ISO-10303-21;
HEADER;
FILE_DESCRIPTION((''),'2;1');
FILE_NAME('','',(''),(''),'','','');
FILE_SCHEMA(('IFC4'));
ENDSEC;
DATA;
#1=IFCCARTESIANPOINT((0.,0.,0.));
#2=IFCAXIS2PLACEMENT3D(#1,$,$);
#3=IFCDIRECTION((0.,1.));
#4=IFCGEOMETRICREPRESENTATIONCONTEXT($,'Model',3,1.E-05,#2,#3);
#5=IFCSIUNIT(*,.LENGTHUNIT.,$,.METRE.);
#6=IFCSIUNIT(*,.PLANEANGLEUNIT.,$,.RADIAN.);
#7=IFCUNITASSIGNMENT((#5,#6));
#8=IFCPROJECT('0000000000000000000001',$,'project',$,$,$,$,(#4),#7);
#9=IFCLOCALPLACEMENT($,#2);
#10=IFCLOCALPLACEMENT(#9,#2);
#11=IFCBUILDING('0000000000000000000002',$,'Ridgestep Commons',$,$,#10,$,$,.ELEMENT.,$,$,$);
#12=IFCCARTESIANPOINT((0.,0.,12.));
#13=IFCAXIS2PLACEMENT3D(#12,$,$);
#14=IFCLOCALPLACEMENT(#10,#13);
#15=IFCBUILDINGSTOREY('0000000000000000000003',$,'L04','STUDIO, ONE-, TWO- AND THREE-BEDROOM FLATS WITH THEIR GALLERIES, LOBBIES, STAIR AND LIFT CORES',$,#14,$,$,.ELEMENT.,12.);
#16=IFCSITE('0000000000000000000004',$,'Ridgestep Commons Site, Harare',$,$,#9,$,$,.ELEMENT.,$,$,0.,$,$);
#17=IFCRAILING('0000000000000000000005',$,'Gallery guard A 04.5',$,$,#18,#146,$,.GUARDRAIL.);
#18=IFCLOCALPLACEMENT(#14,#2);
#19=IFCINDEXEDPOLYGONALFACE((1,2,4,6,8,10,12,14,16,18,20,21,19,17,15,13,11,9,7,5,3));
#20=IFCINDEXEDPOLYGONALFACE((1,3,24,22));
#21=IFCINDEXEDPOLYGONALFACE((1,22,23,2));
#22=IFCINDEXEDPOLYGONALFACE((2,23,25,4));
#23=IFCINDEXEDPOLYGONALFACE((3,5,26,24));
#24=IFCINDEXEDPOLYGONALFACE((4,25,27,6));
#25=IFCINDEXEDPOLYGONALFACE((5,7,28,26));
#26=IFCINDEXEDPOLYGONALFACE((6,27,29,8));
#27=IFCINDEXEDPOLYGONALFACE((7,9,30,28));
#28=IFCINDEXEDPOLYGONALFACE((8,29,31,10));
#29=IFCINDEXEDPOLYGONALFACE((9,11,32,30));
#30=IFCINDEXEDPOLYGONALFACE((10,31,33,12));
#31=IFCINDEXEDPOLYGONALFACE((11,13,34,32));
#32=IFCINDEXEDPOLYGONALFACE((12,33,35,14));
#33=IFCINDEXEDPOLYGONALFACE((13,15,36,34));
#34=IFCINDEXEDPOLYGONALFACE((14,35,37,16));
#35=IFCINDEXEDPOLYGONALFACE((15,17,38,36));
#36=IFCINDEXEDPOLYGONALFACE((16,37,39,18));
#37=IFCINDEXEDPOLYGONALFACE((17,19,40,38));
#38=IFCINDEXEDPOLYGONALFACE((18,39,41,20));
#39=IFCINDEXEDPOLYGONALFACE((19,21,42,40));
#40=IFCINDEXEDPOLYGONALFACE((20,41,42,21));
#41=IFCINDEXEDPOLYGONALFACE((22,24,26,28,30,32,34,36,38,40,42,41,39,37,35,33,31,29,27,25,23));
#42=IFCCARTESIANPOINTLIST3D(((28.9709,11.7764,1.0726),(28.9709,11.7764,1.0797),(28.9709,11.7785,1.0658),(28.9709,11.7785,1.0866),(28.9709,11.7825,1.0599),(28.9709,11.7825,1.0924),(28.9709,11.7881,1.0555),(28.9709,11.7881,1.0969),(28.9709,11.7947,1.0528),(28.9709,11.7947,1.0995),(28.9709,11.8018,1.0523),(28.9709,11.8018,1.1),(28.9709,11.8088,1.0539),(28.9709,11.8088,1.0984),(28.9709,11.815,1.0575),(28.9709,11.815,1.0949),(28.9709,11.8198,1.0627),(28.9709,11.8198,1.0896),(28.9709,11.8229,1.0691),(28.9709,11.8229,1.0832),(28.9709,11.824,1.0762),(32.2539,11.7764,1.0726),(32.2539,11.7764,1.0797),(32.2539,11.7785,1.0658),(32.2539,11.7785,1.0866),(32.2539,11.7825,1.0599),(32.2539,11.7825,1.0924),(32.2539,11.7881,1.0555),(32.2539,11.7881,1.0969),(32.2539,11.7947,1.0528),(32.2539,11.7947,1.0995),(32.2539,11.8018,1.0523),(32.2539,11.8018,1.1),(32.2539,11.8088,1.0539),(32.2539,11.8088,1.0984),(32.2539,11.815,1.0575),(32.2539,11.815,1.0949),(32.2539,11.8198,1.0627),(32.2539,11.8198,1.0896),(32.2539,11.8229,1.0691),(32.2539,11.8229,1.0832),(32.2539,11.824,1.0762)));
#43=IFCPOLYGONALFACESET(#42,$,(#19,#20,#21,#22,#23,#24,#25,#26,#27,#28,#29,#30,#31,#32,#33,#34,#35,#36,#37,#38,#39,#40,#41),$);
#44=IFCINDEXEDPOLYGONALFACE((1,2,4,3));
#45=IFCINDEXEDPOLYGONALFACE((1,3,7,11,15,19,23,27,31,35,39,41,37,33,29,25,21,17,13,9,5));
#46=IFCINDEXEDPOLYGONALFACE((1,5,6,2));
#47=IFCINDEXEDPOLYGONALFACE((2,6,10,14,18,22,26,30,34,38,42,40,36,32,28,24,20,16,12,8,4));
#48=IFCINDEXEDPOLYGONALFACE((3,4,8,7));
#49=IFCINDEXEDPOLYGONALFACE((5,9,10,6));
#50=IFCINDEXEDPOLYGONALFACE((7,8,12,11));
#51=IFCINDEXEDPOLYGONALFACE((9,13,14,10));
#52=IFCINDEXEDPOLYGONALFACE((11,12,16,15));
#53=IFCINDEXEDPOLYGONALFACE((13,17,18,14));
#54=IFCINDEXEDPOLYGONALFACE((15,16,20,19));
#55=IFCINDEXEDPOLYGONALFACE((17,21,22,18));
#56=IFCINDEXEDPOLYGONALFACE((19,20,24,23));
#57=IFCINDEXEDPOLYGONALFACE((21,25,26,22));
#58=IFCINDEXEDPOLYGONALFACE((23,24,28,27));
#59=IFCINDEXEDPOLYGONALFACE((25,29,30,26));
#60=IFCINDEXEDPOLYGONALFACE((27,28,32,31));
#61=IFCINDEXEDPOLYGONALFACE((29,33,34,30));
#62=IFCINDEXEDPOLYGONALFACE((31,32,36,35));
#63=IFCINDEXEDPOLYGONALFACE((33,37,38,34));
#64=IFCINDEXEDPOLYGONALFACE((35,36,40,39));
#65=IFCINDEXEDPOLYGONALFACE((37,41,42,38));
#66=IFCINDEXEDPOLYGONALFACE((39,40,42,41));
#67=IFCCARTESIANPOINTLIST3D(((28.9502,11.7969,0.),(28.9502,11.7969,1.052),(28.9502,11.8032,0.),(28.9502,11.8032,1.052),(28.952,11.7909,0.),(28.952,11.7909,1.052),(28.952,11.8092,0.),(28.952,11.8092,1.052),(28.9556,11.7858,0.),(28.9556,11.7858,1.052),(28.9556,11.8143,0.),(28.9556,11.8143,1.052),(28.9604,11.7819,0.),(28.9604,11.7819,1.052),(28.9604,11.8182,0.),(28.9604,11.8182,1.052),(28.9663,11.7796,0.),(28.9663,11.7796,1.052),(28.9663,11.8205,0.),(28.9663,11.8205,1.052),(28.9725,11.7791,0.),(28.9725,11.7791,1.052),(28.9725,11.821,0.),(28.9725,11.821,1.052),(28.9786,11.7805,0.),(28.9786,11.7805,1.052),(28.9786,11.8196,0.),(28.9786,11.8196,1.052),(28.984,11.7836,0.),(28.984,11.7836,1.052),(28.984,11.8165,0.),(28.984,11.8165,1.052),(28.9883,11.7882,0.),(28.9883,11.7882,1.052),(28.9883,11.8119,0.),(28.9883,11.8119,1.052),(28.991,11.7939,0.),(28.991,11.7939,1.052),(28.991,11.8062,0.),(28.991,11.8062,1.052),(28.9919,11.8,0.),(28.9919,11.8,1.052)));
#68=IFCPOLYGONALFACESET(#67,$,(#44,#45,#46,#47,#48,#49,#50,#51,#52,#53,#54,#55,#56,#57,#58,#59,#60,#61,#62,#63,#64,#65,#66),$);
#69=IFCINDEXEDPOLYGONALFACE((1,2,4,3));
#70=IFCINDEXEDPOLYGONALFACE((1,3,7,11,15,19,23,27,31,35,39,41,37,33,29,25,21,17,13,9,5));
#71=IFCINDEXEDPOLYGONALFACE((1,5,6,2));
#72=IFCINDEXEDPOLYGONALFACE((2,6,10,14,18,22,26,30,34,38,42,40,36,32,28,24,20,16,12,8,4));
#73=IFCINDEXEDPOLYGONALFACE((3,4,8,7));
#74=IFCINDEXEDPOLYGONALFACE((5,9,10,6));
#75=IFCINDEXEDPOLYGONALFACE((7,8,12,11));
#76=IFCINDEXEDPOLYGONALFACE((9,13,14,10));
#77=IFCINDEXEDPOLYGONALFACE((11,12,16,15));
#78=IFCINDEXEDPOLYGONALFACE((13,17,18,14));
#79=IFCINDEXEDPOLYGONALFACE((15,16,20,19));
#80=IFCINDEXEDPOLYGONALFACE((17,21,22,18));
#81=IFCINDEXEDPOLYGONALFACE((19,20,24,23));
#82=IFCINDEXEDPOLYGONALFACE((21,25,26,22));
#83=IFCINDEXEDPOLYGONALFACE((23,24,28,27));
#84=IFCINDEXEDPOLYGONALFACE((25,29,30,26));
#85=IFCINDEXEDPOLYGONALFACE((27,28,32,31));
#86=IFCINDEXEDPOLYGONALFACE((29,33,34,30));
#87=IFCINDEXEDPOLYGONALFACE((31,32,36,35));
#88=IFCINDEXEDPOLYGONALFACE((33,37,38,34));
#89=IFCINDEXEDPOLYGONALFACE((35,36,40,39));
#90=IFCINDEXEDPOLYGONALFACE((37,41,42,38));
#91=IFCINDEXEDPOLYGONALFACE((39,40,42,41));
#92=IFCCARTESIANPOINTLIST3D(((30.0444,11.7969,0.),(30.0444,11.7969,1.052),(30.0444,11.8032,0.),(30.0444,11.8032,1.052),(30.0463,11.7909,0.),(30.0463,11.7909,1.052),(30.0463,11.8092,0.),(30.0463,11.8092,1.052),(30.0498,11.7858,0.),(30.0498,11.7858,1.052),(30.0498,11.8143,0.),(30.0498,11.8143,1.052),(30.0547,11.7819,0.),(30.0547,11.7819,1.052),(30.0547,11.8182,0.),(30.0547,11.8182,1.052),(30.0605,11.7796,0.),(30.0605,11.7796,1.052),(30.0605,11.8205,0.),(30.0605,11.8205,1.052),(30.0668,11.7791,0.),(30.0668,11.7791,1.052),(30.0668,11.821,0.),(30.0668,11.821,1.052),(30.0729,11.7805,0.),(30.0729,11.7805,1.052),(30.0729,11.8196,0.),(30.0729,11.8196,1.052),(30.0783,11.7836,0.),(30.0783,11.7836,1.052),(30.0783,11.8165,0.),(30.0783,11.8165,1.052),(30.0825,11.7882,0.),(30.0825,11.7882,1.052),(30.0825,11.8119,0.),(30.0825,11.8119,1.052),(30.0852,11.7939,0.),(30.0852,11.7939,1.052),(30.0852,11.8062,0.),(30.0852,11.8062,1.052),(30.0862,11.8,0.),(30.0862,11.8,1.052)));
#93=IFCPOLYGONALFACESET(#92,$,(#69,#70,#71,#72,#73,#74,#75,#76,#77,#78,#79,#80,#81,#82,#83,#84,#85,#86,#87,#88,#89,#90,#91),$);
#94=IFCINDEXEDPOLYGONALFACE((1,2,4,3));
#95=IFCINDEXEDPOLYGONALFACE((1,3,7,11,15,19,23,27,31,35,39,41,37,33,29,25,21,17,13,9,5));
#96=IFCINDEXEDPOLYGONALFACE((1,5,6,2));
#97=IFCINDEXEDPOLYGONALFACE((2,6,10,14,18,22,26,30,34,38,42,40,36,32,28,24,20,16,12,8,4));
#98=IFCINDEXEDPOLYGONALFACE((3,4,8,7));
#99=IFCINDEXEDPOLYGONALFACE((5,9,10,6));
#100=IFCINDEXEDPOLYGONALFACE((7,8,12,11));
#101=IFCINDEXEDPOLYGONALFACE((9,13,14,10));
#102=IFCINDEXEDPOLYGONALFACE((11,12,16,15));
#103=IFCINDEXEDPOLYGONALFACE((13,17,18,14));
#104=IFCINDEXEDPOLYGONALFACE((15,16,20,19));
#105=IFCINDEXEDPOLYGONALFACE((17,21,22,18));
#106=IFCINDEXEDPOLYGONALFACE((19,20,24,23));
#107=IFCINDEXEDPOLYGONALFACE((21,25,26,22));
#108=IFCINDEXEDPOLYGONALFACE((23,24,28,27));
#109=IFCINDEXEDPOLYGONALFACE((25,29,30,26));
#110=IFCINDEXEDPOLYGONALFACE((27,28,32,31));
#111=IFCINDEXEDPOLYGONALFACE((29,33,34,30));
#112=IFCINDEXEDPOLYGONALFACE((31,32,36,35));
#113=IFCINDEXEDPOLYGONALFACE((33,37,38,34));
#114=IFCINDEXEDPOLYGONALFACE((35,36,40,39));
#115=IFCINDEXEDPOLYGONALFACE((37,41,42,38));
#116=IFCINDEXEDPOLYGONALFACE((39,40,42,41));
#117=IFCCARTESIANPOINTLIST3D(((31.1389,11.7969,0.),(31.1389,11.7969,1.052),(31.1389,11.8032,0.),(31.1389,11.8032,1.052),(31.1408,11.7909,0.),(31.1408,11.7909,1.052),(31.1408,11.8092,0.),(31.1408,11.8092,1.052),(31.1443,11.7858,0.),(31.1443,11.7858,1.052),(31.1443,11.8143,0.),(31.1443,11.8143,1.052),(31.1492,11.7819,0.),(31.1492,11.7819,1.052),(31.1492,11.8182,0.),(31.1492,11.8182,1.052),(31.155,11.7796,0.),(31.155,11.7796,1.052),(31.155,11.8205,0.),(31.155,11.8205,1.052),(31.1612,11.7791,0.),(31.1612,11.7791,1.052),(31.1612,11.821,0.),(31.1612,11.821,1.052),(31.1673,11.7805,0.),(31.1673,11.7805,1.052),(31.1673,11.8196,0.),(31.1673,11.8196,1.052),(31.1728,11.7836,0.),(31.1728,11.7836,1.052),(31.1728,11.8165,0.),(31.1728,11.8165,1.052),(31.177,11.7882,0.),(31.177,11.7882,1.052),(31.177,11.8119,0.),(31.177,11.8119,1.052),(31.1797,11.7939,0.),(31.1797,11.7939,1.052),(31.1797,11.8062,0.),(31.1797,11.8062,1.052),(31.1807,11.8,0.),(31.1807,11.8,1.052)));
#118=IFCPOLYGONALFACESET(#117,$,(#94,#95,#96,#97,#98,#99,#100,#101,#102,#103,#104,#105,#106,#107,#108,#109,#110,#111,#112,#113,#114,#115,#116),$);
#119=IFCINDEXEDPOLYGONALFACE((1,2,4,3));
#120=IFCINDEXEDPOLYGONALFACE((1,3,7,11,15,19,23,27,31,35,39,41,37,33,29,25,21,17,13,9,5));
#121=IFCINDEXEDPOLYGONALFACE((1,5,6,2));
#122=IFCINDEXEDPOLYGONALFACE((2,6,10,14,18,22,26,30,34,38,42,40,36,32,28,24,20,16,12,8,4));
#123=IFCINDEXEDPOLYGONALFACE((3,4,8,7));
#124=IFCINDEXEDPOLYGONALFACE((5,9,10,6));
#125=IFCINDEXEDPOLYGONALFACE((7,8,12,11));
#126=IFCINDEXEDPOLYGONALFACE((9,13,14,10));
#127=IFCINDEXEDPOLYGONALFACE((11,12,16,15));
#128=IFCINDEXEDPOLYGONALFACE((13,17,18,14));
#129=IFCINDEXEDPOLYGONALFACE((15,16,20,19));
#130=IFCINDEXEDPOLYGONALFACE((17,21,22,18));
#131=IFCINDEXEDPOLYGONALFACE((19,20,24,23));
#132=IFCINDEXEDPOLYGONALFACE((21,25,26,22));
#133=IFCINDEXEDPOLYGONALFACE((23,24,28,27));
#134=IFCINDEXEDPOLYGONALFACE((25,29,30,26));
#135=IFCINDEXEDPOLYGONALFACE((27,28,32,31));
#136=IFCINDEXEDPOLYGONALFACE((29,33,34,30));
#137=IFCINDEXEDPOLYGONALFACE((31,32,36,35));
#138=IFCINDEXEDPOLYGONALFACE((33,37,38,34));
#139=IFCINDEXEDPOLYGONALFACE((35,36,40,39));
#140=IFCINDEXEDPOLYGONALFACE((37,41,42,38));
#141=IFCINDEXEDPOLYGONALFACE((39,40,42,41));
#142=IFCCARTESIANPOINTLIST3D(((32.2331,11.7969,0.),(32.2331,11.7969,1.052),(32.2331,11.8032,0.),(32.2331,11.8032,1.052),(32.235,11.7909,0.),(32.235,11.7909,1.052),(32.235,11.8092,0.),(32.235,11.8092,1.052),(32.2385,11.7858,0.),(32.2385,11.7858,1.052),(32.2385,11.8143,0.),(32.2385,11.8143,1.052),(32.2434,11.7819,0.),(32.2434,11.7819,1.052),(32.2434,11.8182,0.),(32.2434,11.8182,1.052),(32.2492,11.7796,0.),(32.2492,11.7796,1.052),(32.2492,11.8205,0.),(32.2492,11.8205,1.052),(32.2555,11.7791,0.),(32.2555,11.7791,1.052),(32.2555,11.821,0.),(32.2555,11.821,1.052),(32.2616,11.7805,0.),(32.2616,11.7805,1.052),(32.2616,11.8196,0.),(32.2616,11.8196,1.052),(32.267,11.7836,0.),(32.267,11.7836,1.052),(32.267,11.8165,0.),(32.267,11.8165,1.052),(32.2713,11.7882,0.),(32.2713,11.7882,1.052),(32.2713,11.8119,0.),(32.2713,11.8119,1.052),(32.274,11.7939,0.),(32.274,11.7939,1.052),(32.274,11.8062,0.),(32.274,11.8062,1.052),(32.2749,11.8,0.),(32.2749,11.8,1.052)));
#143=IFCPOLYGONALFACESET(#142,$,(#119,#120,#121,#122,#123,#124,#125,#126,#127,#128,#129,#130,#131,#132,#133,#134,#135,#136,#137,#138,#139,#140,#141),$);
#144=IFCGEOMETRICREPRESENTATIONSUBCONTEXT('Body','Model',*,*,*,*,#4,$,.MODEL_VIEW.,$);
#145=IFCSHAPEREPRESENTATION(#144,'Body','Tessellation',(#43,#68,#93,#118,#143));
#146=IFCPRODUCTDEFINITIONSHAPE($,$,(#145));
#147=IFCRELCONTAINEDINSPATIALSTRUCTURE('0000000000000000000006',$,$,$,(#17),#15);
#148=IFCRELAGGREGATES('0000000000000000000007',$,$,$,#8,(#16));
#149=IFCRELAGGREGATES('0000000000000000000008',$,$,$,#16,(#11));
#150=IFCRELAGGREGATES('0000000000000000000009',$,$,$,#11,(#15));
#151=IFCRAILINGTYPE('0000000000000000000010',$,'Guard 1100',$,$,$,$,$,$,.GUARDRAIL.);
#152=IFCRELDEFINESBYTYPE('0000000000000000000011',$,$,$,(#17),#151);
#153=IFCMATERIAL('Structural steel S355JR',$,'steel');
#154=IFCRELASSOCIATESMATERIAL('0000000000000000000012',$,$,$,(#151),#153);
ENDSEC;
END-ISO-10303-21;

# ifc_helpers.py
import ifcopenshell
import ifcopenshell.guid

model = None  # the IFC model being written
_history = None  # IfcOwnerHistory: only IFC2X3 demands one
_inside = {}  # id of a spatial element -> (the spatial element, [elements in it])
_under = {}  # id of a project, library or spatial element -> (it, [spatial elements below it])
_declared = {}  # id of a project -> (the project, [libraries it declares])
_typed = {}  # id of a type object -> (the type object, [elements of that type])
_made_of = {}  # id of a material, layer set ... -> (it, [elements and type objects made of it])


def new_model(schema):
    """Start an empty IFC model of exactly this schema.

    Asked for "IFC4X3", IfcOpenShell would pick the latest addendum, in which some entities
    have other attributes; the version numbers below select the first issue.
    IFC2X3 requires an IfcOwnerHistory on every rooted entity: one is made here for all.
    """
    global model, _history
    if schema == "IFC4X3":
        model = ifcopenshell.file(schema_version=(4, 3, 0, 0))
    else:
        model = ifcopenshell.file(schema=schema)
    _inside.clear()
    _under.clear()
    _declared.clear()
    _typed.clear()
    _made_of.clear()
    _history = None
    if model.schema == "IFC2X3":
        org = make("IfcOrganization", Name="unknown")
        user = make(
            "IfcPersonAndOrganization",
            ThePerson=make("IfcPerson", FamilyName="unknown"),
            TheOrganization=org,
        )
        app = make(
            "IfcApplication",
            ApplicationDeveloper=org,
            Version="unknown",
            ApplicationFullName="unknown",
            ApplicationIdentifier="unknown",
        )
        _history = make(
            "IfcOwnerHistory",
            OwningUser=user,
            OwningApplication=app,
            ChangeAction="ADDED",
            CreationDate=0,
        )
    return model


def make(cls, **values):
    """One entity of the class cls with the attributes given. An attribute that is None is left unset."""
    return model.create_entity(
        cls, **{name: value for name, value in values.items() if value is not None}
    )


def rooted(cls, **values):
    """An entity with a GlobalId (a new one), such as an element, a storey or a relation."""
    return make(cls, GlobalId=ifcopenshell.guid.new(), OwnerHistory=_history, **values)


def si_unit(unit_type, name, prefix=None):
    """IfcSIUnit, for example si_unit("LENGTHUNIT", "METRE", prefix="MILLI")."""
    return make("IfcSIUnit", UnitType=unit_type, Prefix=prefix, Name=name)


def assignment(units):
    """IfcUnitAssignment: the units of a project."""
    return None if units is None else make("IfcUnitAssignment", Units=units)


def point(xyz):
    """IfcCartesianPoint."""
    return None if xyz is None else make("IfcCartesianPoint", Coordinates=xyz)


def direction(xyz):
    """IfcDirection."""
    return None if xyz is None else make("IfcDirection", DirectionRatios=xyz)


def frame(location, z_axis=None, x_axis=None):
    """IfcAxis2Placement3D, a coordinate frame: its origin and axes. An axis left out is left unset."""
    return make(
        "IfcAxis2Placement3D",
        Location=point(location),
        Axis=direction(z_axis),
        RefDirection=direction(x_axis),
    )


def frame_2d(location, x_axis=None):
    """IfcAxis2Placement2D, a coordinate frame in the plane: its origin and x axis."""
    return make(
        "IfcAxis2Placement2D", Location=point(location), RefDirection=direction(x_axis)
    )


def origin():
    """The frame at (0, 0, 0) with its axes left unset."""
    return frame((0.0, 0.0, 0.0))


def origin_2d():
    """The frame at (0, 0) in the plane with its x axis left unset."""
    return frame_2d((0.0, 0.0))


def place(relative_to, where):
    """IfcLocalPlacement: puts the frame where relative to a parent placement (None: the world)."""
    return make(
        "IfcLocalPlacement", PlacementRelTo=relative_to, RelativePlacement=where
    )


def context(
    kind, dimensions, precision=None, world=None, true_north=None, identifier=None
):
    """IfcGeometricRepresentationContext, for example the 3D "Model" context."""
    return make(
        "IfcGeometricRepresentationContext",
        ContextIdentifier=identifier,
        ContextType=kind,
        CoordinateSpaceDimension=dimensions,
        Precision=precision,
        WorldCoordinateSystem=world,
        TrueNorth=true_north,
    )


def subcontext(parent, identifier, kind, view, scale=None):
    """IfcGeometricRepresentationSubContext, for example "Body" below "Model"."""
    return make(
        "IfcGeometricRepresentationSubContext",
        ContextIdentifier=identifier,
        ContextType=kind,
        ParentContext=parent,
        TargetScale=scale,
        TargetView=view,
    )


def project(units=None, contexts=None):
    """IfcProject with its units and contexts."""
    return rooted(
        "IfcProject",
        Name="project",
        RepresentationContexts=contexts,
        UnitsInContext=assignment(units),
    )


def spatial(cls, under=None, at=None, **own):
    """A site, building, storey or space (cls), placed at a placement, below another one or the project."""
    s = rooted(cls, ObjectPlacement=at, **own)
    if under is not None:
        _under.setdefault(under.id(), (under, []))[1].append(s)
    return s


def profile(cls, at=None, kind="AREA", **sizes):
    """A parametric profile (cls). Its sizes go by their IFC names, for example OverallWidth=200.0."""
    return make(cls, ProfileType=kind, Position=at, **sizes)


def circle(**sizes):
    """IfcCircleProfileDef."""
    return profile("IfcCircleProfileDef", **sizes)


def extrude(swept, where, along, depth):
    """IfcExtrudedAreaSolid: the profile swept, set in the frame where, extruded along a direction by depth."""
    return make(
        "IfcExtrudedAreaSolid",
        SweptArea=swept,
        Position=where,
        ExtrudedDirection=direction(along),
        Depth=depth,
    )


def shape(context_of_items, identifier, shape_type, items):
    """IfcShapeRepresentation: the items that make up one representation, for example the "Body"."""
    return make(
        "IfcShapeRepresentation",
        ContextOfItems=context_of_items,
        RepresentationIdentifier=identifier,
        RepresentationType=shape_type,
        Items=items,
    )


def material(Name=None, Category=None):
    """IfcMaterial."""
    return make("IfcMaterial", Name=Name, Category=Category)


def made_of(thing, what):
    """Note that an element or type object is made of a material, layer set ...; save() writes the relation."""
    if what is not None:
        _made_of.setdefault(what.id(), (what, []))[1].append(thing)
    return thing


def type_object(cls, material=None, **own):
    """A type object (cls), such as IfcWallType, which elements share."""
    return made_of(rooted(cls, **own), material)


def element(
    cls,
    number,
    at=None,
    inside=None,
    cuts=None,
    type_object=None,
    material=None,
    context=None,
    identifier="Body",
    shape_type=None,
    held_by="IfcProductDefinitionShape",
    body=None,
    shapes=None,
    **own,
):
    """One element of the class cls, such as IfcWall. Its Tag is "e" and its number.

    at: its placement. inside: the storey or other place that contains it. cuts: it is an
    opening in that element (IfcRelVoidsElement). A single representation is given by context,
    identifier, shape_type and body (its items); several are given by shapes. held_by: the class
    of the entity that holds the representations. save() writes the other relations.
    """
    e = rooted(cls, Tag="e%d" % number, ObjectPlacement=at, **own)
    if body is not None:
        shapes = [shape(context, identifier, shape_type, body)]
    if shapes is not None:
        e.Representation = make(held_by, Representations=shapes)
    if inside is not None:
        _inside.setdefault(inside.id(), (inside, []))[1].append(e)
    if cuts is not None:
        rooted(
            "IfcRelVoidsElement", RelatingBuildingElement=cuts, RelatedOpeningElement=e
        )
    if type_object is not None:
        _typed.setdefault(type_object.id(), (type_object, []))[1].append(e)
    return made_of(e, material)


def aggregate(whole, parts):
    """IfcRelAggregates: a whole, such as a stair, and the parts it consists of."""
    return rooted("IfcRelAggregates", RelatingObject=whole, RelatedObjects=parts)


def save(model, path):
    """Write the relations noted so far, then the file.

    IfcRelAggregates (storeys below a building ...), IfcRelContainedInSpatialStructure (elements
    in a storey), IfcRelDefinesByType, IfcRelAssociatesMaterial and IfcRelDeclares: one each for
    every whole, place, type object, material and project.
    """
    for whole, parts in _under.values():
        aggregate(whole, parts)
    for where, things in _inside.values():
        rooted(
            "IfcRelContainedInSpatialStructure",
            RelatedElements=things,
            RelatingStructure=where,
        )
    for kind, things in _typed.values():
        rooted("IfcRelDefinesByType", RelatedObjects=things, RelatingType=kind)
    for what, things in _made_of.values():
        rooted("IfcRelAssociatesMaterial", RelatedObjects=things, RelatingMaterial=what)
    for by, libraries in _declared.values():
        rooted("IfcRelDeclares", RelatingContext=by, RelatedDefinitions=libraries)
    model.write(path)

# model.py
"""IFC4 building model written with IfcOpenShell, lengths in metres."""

from ifc_helpers import new_model, si_unit, direction, frame, origin, origin_2d, place, context, subcontext, project, spatial, circle, extrude, material, type_object, element, save


model = new_model("IFC4")

# Units and contexts
model_context = context("Model", 3, precision=1e-05, world=origin(), true_north=direction((0.0, 1.0)))
body_context = subcontext(model_context, "Body", "Model", "MODEL_VIEW")
ifc_project = project(units=[si_unit("LENGTHUNIT", "METRE"), si_unit("PLANEANGLEUNIT", "RADIAN")], contexts=[model_context])

# Site, building, storey
site_placement = place(None, origin())
site = spatial("IfcSite", under=ifc_project, at=site_placement, Name="Ridgestep Commons Site, Harare", CompositionType="ELEMENT", RefElevation=0.0)
building_placement = place(site_placement, origin())
building = spatial("IfcBuilding", under=site, at=building_placement, Name="Ridgestep Commons", CompositionType="ELEMENT")
storey_placement = place(building_placement, frame((0.0, 0.0, 12.0)))
storey = spatial("IfcBuildingStorey", under=building, at=storey_placement, Name="L04", Description="STUDIO, ONE-, TWO- AND THREE-BEDROOM FLATS WITH THEIR GALLERIES, LOBBIES, STAIR AND LIFT CORES", CompositionType="ELEMENT", Elevation=12.0)

# Railing
ifc_material_1 = material(Name="Structural steel S355JR", Category="steel")
railing_type = type_object("IfcRailingType", Name="Guard 1100", PredefinedType="GUARDRAIL", material=ifc_material_1)
railing_1_placement = place(storey_placement, frame((28.9709, 11.8, 0.0)))
element("IfcRailing", 1, at=railing_1_placement, inside=storey, type_object=railing_type, Name="Gallery guard A 04.5", PredefinedType="GUARDRAIL", context=body_context, shape_type="SweptSolid", body=[
    extrude(circle(Radius=0.0239, at=origin_2d()), frame((0.0, 0.0, 1.0762), z_axis=(1.0, 0.0, 0.0), x_axis=(0.0, 1.0, 0.0)), (0.0, 0.0, 1.0), 3.283),
    extrude(circle(Radius=0.021, at=origin_2d()), origin(), (0.0, 0.0, 1.0), 1.052),
    extrude(circle(Radius=0.021, at=origin_2d()), frame((1.0942, 0.0, 0.0)), (0.0, 0.0, 1.0), 1.052),
    extrude(circle(Radius=0.021, at=origin_2d()), frame((2.1887, 0.0, 0.0)), (0.0, 0.0, 1.0), 1.052),
    extrude(circle(Radius=0.021, at=origin_2d()), frame((3.283, 0.0, 0.0)), (0.0, 0.0, 1.0), 1.052),
])

save(model, "model.ifc")
